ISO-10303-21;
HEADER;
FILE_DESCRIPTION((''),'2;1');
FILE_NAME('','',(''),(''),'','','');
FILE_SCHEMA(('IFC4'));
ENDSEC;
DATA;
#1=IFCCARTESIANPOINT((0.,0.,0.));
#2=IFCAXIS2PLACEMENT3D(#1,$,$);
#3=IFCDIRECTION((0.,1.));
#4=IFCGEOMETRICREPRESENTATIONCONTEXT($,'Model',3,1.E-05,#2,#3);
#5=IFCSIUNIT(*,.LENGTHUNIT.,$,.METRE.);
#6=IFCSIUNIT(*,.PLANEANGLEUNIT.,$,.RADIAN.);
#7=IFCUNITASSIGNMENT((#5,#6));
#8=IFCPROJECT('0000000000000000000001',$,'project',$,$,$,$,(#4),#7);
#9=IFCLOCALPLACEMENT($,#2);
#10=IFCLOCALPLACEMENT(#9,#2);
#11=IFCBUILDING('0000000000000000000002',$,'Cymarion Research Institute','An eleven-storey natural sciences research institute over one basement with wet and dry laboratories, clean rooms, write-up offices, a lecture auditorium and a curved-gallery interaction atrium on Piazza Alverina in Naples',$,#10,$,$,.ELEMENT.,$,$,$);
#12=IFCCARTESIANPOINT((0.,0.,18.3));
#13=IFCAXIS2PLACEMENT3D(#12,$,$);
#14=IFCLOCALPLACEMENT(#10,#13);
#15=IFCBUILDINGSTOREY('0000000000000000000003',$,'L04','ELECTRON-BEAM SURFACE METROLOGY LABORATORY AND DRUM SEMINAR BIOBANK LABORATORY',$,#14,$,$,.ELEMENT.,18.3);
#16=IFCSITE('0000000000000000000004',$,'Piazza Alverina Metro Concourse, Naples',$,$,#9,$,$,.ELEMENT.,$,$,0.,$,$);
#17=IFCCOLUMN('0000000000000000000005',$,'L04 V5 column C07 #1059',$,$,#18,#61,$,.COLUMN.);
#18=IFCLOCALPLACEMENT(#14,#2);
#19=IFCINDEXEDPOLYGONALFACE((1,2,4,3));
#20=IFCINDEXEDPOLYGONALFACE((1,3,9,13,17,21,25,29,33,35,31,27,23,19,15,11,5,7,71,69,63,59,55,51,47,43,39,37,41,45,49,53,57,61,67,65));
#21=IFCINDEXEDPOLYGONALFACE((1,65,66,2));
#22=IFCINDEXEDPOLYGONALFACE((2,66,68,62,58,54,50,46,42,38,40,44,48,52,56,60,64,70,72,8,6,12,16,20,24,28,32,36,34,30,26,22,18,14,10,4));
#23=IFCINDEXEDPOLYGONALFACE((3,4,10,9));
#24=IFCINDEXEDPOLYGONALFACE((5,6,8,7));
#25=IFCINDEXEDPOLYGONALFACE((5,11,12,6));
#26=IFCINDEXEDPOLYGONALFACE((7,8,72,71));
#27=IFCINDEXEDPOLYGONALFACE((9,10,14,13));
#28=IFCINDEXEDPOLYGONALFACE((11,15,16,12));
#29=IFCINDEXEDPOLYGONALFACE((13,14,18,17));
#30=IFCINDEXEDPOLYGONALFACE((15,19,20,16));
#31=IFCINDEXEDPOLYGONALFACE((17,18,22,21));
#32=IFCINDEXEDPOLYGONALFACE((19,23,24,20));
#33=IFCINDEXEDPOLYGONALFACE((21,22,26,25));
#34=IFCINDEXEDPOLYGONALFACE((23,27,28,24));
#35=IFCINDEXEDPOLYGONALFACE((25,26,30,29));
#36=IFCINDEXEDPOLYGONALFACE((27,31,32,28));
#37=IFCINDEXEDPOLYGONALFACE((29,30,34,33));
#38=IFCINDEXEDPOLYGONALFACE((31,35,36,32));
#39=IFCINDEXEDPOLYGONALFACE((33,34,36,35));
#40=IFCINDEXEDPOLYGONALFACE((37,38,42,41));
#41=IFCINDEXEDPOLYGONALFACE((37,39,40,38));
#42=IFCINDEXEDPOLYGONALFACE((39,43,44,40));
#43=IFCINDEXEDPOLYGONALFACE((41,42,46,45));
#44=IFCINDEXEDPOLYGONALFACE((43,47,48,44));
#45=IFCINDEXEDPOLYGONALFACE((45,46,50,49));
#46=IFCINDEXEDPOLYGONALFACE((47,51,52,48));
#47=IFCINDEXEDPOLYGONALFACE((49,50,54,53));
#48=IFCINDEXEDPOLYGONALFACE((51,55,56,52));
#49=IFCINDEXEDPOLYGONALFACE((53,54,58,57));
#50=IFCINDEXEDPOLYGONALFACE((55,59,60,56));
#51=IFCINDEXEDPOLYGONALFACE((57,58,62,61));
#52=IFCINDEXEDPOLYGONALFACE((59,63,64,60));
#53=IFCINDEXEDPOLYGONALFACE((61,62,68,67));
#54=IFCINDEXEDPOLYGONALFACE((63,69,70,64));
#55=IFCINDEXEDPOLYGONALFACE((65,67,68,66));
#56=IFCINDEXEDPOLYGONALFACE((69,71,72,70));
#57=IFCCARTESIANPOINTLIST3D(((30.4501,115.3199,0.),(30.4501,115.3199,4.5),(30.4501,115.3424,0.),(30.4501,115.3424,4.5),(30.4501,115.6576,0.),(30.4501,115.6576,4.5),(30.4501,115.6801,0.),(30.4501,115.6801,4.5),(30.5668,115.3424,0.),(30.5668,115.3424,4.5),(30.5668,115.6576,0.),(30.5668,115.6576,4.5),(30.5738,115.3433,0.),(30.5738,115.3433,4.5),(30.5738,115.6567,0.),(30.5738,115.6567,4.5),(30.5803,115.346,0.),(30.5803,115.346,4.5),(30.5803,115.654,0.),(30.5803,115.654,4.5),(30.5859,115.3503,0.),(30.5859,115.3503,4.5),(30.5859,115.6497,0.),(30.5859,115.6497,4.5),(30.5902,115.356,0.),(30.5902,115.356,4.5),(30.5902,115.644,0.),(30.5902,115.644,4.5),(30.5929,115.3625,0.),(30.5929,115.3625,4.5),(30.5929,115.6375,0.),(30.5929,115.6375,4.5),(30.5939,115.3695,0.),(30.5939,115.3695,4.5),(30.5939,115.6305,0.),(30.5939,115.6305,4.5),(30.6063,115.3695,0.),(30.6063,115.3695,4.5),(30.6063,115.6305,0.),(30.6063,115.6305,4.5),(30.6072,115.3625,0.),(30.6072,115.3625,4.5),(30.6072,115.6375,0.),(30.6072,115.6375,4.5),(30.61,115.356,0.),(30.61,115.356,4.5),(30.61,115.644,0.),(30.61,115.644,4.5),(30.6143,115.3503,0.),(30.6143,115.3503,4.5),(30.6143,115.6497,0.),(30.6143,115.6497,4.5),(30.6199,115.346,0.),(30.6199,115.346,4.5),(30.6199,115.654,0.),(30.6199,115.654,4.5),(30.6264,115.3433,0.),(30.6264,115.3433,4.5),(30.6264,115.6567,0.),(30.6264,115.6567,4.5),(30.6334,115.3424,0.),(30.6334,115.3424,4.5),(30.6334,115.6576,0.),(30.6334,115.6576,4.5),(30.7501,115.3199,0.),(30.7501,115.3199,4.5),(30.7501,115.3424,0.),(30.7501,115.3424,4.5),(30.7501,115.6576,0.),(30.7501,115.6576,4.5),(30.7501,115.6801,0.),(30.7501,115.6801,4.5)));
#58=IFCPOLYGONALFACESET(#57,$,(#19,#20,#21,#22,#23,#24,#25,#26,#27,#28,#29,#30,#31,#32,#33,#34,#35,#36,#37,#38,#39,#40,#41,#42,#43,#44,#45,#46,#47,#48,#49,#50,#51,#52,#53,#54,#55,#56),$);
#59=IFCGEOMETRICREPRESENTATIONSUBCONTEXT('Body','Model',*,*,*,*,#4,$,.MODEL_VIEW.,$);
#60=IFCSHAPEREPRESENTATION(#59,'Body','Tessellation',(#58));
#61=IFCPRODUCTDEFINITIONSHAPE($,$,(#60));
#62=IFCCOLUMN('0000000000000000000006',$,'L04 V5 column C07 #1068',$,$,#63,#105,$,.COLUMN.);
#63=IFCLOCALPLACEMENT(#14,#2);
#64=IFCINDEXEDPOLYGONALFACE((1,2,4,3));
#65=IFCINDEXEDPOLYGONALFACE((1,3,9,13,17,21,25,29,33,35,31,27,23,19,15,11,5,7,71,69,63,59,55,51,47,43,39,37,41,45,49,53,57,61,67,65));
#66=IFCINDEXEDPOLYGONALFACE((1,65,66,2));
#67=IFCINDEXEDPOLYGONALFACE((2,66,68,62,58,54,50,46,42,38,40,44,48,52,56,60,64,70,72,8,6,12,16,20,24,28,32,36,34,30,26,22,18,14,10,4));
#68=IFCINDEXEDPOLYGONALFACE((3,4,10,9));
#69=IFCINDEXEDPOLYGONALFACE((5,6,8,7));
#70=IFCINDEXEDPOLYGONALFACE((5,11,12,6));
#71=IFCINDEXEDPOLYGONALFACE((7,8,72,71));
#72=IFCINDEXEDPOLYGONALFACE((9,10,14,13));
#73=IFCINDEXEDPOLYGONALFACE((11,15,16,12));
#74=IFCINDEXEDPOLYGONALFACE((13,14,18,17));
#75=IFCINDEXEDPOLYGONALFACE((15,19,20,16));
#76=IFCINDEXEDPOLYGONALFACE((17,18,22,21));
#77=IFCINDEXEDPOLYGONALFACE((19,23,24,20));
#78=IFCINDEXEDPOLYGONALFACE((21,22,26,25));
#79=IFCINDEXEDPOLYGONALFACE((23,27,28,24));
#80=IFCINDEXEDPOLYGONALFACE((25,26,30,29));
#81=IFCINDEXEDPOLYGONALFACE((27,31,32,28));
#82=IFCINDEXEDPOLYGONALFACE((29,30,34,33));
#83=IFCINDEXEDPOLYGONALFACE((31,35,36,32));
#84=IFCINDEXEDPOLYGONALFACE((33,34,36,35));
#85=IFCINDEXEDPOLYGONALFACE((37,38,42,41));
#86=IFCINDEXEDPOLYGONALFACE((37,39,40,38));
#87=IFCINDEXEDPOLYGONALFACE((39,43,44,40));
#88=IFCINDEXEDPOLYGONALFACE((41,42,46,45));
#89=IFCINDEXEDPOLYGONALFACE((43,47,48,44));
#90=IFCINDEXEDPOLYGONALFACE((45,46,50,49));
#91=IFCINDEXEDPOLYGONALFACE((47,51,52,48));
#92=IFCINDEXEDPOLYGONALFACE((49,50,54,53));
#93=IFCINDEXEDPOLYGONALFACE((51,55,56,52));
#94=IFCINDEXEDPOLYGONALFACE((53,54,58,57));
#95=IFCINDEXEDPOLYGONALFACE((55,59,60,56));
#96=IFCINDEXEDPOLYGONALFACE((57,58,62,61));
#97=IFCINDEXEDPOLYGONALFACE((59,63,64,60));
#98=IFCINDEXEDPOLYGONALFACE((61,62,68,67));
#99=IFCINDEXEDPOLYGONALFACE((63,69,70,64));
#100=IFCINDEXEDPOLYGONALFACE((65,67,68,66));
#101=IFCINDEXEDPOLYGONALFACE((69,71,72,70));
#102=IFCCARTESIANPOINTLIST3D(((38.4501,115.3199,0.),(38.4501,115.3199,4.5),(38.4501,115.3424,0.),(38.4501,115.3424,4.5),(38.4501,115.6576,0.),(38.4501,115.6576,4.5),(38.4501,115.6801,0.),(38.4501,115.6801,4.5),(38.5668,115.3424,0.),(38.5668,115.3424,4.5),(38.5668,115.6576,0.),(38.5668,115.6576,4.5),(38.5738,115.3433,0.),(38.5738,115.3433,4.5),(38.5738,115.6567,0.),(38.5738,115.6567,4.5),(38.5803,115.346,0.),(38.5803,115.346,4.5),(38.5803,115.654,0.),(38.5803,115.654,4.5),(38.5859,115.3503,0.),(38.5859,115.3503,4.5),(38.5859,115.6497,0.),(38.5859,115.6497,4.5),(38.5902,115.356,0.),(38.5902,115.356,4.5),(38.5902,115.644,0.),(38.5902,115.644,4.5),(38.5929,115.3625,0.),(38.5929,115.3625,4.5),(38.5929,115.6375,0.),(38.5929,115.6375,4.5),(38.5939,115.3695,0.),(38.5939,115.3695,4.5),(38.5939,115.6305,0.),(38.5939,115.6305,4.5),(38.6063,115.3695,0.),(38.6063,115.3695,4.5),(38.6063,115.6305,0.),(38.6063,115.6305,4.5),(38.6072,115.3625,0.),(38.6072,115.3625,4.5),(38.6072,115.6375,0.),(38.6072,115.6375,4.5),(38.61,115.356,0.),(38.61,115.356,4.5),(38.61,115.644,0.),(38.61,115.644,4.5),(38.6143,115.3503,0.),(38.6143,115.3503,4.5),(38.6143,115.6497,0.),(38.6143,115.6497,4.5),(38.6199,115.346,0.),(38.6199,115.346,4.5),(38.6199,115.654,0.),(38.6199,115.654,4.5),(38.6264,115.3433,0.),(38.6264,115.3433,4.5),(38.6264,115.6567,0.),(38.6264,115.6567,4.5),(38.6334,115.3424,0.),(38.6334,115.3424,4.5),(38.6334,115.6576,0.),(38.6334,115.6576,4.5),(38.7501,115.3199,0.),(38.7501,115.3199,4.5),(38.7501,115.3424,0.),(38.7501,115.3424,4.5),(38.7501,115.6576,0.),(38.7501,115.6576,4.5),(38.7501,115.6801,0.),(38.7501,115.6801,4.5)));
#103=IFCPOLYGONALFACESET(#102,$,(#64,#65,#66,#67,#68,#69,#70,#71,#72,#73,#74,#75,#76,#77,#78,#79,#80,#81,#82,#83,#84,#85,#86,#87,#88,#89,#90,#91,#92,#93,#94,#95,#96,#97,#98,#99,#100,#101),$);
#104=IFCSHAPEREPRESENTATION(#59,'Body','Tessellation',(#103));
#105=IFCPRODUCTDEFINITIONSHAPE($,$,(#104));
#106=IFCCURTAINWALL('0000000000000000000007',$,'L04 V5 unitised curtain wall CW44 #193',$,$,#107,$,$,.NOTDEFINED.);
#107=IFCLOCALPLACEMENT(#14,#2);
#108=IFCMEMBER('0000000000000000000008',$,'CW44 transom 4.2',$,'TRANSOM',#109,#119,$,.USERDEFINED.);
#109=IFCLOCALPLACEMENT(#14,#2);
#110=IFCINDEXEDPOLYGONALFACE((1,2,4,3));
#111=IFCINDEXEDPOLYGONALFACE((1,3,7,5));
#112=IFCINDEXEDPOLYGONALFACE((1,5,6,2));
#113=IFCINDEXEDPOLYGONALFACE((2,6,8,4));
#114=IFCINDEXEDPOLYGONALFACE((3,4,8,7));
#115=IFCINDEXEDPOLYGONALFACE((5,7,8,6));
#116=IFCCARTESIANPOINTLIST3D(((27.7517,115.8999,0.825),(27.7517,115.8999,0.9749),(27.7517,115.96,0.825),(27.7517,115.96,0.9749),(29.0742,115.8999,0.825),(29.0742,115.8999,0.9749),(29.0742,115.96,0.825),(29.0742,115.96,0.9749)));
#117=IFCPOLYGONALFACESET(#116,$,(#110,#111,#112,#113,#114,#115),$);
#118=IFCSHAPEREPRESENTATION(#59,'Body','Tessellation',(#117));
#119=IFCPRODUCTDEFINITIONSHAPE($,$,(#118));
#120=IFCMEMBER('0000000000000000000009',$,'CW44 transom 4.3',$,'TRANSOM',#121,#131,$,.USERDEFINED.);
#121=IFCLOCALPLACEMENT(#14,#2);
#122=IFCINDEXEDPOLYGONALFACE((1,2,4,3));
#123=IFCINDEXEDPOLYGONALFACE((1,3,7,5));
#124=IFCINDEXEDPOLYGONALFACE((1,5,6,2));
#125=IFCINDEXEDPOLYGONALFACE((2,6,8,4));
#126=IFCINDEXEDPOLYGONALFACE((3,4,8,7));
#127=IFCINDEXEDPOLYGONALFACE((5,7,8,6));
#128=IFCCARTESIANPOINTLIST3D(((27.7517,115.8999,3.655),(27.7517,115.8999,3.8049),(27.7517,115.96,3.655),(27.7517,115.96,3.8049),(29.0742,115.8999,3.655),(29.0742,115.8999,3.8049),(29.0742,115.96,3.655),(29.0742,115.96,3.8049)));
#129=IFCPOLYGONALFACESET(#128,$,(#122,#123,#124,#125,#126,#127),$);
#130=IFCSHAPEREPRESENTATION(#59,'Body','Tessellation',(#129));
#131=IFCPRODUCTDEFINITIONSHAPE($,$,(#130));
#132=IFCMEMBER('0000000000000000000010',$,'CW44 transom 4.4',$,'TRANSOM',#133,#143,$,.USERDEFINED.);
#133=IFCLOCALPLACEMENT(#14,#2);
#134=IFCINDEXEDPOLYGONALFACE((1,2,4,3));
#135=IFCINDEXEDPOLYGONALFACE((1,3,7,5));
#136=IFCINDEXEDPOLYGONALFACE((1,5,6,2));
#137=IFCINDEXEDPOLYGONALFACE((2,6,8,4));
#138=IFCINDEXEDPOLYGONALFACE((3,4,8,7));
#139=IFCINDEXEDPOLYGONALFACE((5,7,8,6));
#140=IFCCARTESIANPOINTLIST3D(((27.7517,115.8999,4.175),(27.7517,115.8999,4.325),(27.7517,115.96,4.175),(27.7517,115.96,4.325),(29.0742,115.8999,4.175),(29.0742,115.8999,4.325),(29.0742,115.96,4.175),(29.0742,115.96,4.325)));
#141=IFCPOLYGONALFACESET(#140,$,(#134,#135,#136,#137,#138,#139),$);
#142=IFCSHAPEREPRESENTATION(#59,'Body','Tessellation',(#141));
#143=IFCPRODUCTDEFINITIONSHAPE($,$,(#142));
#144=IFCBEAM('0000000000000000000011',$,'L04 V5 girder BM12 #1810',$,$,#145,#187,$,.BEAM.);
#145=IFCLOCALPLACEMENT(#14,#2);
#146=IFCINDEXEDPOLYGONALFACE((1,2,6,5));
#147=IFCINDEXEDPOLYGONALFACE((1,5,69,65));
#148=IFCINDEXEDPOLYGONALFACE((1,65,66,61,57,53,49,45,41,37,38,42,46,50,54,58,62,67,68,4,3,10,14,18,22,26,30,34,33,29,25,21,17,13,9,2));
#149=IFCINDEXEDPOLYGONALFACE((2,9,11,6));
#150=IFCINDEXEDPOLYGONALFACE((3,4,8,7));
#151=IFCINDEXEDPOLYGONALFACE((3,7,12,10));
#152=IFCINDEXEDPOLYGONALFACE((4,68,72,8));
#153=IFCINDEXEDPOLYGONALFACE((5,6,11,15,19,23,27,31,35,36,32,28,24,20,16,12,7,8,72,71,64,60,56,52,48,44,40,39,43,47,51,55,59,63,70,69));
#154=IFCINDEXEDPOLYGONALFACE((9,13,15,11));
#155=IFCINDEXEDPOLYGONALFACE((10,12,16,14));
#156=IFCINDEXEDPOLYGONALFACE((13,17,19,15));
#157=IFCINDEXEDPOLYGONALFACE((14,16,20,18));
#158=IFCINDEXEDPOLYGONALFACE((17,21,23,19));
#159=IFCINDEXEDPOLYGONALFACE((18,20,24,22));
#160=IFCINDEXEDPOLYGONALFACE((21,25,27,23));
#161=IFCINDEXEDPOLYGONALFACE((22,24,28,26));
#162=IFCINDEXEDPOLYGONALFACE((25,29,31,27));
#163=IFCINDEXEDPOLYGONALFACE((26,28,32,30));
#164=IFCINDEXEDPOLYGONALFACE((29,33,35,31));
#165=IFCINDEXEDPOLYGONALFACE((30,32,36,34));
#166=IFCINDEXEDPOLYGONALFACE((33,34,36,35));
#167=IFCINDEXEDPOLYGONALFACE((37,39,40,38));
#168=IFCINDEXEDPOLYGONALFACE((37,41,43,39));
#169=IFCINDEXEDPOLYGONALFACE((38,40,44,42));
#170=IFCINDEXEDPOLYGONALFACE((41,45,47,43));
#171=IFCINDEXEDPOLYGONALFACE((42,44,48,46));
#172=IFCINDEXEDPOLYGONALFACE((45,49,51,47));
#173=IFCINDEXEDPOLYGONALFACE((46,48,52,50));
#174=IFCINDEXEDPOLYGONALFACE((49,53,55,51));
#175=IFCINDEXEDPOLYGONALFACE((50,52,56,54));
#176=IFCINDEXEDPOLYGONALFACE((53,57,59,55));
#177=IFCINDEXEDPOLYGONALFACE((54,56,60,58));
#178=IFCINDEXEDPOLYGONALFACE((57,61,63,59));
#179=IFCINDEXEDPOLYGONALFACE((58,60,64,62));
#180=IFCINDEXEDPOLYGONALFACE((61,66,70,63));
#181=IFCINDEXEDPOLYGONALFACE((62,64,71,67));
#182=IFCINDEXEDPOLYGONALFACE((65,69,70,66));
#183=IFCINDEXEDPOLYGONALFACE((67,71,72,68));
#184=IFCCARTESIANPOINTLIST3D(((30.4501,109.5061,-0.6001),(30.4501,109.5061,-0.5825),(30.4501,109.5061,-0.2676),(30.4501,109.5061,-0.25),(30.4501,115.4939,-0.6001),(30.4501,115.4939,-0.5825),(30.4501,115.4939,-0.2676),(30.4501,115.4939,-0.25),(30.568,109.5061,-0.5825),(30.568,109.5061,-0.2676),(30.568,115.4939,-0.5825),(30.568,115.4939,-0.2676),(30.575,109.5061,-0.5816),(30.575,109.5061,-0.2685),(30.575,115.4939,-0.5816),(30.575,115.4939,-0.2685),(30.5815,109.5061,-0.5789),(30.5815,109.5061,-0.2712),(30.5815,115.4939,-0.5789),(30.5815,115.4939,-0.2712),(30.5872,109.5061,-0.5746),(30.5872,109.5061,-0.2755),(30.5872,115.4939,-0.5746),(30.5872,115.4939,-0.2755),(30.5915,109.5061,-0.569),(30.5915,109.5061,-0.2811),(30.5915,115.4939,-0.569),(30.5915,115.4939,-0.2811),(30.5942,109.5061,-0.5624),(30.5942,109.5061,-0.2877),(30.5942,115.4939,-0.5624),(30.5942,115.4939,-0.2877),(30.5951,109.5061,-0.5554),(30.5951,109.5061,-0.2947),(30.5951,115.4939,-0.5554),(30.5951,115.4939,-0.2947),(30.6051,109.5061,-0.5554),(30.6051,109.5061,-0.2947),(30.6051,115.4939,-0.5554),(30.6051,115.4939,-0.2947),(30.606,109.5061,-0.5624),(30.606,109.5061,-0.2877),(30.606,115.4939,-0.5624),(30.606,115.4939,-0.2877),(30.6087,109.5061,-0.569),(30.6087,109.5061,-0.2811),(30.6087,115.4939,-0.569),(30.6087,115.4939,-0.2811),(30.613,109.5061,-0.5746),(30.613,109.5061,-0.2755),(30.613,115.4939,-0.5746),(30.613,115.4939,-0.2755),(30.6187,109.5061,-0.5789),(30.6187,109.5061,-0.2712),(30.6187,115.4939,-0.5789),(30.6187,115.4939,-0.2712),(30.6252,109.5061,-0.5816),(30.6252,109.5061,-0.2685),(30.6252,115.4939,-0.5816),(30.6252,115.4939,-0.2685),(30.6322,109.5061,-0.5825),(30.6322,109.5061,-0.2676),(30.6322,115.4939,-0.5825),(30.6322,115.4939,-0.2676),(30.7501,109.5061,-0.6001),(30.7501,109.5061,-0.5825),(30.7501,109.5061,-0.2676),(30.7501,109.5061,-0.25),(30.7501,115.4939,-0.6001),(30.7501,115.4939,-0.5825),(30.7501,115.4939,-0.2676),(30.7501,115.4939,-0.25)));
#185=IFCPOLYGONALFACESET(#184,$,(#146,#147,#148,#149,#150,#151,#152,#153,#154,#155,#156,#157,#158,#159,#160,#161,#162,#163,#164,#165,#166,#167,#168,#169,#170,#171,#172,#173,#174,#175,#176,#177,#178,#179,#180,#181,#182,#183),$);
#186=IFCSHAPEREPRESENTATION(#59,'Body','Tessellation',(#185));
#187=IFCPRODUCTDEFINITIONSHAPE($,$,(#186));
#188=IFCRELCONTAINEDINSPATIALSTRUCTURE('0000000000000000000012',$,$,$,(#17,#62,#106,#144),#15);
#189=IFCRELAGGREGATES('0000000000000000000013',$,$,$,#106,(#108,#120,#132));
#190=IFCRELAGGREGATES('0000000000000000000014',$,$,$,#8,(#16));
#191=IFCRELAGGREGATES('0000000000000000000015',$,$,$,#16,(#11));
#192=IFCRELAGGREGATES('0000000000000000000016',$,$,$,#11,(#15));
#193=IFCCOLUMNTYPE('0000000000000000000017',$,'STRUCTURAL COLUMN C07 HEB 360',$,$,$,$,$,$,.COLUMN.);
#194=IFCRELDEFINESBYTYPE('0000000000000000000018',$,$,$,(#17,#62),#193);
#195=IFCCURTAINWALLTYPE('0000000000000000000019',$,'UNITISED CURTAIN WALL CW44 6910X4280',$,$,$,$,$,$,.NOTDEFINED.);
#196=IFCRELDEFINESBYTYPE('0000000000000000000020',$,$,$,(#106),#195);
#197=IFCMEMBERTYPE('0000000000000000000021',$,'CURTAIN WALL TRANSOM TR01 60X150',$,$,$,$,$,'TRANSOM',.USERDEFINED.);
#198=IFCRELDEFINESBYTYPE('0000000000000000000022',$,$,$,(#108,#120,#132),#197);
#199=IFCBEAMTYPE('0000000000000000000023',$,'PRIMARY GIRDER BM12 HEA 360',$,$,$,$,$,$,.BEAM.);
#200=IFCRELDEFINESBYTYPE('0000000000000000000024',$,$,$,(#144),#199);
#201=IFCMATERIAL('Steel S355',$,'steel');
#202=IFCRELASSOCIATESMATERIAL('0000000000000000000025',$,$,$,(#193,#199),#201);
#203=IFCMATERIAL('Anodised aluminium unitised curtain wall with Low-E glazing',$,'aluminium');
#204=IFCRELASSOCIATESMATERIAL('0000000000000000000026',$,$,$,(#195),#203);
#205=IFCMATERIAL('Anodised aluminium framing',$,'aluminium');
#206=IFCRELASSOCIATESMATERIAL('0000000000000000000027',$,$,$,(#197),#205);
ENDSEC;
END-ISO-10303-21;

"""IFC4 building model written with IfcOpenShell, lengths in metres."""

from ifc_helpers import new_model, si_unit, direction, frame, origin, origin_2d, place, context, subcontext, project, spatial, rectangle, i_section, extrude, material, material_profile, profile_set, type_object, element, aggregate, save


model = new_model("IFC4")

# Units and contexts
model_context = context("Model", 3, precision=1e-05, world=origin(), true_north=direction((0.0, 1.0)))
body_context = subcontext(model_context, "Body", "Model", "MODEL_VIEW")
ifc_project = project(units=[si_unit("LENGTHUNIT", "METRE"), si_unit("PLANEANGLEUNIT", "RADIAN")], contexts=[model_context])

# Site, building, storey
site_placement = place(None, origin())
site = spatial("IfcSite", under=ifc_project, at=site_placement, Name="Piazza Alverina Metro Concourse, Naples", CompositionType="ELEMENT", RefElevation=0.0)
building_placement = place(site_placement, origin())
building = spatial("IfcBuilding", under=site, at=building_placement, Name="Cymarion Research Institute", Description="An eleven-storey natural sciences research institute over one basement with wet and dry laboratories, clean rooms, write-up offices, a lecture auditorium and a curved-gallery interaction atrium on Piazza Alverina in Naples", CompositionType="ELEMENT")
storey_placement = place(building_placement, frame((0.0, 0.0, 18.3)))
storey = spatial("IfcBuildingStorey", under=building, at=storey_placement, Name="L04", Description="ELECTRON-BEAM SURFACE METROLOGY LABORATORY AND DRUM SEMINAR BIOBANK LABORATORY", CompositionType="ELEMENT", Elevation=18.3)

# Columns
ifc_material_1 = material(Name="Steel S355", Category="steel")
ifc_material_profile_1 = material_profile(ifc_material_1, i_section(OverallWidth=0.3, OverallDepth=0.3601, WebThickness=0.0125, FlangeThickness=0.0225, FilletRadius=0.0271, at=origin_2d()), Name="HEB 360")
ifc_profile_set_1 = profile_set([ifc_material_profile_1], Name="Steel S355")
column_type = type_object("IfcColumnType", Name="STRUCTURAL COLUMN C07 HEB 360", PredefinedType="COLUMN", material=ifc_profile_set_1)
for number, where, z_axis, x_axis, name in (
    (1, (30.6001, 115.5, 0.0), (0.0, 0.0, 1.0), (1.0, 0.0, 0.0), "L04 V5 column C07 #1059"),
    (2, (38.6001, 115.5, 0.0), (0.0, 0.0, 1.0), (1.0, 0.0, 0.0), "L04 V5 column C07 #1068"),
):
    element("IfcColumn", number, at=place(storey_placement, frame(where, z_axis=z_axis, x_axis=x_axis)), inside=storey, type_object=column_type, Name=name, PredefinedType="COLUMN", context=body_context, shape_type="SweptSolid", body=[
        extrude(i_section(OverallWidth=0.3, OverallDepth=0.3601, WebThickness=0.0125, FlangeThickness=0.0225, FilletRadius=0.0271, at=origin_2d()), origin(), (0.0, 0.0, 1.0), 4.5),
    ])

# Curtain wall, members
ifc_material_2 = material(Name="Anodised aluminium unitised curtain wall with Low-E glazing", Category="aluminium")
curtain_wall_type = type_object("IfcCurtainWallType", Name="UNITISED CURTAIN WALL CW44 6910X4280", PredefinedType="NOTDEFINED", material=ifc_material_2)
curtain_wall_placement = place(storey_placement, origin())
curtain_wall = element("IfcCurtainWall", 3, at=curtain_wall_placement, inside=storey, type_object=curtain_wall_type, Name="L04 V5 unitised curtain wall CW44 #193", PredefinedType="NOTDEFINED")
ifc_material_3 = material(Name="Anodised aluminium framing", Category="aluminium")
ifc_material_profile_2 = material_profile(ifc_material_3, rectangle(XDim=0.0601, YDim=0.1499, at=origin_2d()), Name="ALU TRANSOM 60x150")
ifc_profile_set_2 = profile_set([ifc_material_profile_2], Name="Anodised aluminium framing")
member_type_1 = type_object("IfcMemberType", Name="CURTAIN WALL TRANSOM TR01 60X150", ElementType="TRANSOM", PredefinedType="USERDEFINED", material=ifc_profile_set_2)
member_1_placement = place(storey_placement, frame((29.0742, 115.9299, 0.8999), z_axis=(-1.0, 0.0, 0.0), x_axis=(0.0, -1.0, 0.0)))
member_1 = element("IfcMember", 4, at=member_1_placement, type_object=member_type_1, Name="CW44 transom 4.2", ObjectType="TRANSOM", PredefinedType="USERDEFINED", context=body_context, shape_type="SweptSolid", body=[
    extrude(rectangle(XDim=0.0601, YDim=0.1499, at=origin_2d()), origin(), (0.0, 0.0, 1.0), 1.3225),
])
member_2_placement = place(storey_placement, frame((29.0742, 115.9299, 3.73), z_axis=(-1.0, 0.0, 0.0), x_axis=(0.0, -1.0, 0.0)))
member_2 = element("IfcMember", 5, at=member_2_placement, type_object=member_type_1, Name="CW44 transom 4.3", ObjectType="TRANSOM", PredefinedType="USERDEFINED", context=body_context, shape_type="SweptSolid", body=[
    extrude(rectangle(XDim=0.0601, YDim=0.1499, at=origin_2d()), origin(), (0.0, 0.0, 1.0), 1.3225),
])
member_3_placement = place(storey_placement, frame((29.0742, 115.9299, 4.25), z_axis=(-1.0, 0.0, 0.0), x_axis=(0.0, -1.0, 0.0)))
member_3 = element("IfcMember", 6, at=member_3_placement, type_object=member_type_1, Name="CW44 transom 4.4", ObjectType="TRANSOM", PredefinedType="USERDEFINED", context=body_context, shape_type="SweptSolid", body=[
    extrude(rectangle(XDim=0.0601, YDim=0.1499, at=origin_2d()), origin(), (0.0, 0.0, 1.0), 1.3225),
])
aggregate(curtain_wall, [member_1, member_2, member_3])

# Beam
ifc_material_profile_3 = material_profile(ifc_material_1, i_section(OverallWidth=0.3, OverallDepth=0.3501, WebThickness=0.01, FlangeThickness=0.0176, FilletRadius=0.0271, at=origin_2d()), Name="HEA 360")
ifc_profile_set_3 = profile_set([ifc_material_profile_3], Name="Steel S355")
beam_type_1 = type_object("IfcBeamType", Name="PRIMARY GIRDER BM12 HEA 360", PredefinedType="BEAM", material=ifc_profile_set_3)
beam_placement = place(storey_placement, frame((30.6001, 109.5061, -0.425), z_axis=(0.0, 1.0, 0.0), x_axis=(-1.0, 0.0, 0.0)))
element("IfcBeam", 7, at=beam_placement, inside=storey, type_object=beam_type_1, Name="L04 V5 girder BM12 #1810", PredefinedType="BEAM", context=body_context, shape_type="SweptSolid", body=[
    extrude(i_section(OverallWidth=0.3, OverallDepth=0.3501, WebThickness=0.01, FlangeThickness=0.0176, FilletRadius=0.0271, at=origin_2d()), origin(), (0.0, 0.0, 1.0), 5.9878),
])

save(model, "model.ifc")
